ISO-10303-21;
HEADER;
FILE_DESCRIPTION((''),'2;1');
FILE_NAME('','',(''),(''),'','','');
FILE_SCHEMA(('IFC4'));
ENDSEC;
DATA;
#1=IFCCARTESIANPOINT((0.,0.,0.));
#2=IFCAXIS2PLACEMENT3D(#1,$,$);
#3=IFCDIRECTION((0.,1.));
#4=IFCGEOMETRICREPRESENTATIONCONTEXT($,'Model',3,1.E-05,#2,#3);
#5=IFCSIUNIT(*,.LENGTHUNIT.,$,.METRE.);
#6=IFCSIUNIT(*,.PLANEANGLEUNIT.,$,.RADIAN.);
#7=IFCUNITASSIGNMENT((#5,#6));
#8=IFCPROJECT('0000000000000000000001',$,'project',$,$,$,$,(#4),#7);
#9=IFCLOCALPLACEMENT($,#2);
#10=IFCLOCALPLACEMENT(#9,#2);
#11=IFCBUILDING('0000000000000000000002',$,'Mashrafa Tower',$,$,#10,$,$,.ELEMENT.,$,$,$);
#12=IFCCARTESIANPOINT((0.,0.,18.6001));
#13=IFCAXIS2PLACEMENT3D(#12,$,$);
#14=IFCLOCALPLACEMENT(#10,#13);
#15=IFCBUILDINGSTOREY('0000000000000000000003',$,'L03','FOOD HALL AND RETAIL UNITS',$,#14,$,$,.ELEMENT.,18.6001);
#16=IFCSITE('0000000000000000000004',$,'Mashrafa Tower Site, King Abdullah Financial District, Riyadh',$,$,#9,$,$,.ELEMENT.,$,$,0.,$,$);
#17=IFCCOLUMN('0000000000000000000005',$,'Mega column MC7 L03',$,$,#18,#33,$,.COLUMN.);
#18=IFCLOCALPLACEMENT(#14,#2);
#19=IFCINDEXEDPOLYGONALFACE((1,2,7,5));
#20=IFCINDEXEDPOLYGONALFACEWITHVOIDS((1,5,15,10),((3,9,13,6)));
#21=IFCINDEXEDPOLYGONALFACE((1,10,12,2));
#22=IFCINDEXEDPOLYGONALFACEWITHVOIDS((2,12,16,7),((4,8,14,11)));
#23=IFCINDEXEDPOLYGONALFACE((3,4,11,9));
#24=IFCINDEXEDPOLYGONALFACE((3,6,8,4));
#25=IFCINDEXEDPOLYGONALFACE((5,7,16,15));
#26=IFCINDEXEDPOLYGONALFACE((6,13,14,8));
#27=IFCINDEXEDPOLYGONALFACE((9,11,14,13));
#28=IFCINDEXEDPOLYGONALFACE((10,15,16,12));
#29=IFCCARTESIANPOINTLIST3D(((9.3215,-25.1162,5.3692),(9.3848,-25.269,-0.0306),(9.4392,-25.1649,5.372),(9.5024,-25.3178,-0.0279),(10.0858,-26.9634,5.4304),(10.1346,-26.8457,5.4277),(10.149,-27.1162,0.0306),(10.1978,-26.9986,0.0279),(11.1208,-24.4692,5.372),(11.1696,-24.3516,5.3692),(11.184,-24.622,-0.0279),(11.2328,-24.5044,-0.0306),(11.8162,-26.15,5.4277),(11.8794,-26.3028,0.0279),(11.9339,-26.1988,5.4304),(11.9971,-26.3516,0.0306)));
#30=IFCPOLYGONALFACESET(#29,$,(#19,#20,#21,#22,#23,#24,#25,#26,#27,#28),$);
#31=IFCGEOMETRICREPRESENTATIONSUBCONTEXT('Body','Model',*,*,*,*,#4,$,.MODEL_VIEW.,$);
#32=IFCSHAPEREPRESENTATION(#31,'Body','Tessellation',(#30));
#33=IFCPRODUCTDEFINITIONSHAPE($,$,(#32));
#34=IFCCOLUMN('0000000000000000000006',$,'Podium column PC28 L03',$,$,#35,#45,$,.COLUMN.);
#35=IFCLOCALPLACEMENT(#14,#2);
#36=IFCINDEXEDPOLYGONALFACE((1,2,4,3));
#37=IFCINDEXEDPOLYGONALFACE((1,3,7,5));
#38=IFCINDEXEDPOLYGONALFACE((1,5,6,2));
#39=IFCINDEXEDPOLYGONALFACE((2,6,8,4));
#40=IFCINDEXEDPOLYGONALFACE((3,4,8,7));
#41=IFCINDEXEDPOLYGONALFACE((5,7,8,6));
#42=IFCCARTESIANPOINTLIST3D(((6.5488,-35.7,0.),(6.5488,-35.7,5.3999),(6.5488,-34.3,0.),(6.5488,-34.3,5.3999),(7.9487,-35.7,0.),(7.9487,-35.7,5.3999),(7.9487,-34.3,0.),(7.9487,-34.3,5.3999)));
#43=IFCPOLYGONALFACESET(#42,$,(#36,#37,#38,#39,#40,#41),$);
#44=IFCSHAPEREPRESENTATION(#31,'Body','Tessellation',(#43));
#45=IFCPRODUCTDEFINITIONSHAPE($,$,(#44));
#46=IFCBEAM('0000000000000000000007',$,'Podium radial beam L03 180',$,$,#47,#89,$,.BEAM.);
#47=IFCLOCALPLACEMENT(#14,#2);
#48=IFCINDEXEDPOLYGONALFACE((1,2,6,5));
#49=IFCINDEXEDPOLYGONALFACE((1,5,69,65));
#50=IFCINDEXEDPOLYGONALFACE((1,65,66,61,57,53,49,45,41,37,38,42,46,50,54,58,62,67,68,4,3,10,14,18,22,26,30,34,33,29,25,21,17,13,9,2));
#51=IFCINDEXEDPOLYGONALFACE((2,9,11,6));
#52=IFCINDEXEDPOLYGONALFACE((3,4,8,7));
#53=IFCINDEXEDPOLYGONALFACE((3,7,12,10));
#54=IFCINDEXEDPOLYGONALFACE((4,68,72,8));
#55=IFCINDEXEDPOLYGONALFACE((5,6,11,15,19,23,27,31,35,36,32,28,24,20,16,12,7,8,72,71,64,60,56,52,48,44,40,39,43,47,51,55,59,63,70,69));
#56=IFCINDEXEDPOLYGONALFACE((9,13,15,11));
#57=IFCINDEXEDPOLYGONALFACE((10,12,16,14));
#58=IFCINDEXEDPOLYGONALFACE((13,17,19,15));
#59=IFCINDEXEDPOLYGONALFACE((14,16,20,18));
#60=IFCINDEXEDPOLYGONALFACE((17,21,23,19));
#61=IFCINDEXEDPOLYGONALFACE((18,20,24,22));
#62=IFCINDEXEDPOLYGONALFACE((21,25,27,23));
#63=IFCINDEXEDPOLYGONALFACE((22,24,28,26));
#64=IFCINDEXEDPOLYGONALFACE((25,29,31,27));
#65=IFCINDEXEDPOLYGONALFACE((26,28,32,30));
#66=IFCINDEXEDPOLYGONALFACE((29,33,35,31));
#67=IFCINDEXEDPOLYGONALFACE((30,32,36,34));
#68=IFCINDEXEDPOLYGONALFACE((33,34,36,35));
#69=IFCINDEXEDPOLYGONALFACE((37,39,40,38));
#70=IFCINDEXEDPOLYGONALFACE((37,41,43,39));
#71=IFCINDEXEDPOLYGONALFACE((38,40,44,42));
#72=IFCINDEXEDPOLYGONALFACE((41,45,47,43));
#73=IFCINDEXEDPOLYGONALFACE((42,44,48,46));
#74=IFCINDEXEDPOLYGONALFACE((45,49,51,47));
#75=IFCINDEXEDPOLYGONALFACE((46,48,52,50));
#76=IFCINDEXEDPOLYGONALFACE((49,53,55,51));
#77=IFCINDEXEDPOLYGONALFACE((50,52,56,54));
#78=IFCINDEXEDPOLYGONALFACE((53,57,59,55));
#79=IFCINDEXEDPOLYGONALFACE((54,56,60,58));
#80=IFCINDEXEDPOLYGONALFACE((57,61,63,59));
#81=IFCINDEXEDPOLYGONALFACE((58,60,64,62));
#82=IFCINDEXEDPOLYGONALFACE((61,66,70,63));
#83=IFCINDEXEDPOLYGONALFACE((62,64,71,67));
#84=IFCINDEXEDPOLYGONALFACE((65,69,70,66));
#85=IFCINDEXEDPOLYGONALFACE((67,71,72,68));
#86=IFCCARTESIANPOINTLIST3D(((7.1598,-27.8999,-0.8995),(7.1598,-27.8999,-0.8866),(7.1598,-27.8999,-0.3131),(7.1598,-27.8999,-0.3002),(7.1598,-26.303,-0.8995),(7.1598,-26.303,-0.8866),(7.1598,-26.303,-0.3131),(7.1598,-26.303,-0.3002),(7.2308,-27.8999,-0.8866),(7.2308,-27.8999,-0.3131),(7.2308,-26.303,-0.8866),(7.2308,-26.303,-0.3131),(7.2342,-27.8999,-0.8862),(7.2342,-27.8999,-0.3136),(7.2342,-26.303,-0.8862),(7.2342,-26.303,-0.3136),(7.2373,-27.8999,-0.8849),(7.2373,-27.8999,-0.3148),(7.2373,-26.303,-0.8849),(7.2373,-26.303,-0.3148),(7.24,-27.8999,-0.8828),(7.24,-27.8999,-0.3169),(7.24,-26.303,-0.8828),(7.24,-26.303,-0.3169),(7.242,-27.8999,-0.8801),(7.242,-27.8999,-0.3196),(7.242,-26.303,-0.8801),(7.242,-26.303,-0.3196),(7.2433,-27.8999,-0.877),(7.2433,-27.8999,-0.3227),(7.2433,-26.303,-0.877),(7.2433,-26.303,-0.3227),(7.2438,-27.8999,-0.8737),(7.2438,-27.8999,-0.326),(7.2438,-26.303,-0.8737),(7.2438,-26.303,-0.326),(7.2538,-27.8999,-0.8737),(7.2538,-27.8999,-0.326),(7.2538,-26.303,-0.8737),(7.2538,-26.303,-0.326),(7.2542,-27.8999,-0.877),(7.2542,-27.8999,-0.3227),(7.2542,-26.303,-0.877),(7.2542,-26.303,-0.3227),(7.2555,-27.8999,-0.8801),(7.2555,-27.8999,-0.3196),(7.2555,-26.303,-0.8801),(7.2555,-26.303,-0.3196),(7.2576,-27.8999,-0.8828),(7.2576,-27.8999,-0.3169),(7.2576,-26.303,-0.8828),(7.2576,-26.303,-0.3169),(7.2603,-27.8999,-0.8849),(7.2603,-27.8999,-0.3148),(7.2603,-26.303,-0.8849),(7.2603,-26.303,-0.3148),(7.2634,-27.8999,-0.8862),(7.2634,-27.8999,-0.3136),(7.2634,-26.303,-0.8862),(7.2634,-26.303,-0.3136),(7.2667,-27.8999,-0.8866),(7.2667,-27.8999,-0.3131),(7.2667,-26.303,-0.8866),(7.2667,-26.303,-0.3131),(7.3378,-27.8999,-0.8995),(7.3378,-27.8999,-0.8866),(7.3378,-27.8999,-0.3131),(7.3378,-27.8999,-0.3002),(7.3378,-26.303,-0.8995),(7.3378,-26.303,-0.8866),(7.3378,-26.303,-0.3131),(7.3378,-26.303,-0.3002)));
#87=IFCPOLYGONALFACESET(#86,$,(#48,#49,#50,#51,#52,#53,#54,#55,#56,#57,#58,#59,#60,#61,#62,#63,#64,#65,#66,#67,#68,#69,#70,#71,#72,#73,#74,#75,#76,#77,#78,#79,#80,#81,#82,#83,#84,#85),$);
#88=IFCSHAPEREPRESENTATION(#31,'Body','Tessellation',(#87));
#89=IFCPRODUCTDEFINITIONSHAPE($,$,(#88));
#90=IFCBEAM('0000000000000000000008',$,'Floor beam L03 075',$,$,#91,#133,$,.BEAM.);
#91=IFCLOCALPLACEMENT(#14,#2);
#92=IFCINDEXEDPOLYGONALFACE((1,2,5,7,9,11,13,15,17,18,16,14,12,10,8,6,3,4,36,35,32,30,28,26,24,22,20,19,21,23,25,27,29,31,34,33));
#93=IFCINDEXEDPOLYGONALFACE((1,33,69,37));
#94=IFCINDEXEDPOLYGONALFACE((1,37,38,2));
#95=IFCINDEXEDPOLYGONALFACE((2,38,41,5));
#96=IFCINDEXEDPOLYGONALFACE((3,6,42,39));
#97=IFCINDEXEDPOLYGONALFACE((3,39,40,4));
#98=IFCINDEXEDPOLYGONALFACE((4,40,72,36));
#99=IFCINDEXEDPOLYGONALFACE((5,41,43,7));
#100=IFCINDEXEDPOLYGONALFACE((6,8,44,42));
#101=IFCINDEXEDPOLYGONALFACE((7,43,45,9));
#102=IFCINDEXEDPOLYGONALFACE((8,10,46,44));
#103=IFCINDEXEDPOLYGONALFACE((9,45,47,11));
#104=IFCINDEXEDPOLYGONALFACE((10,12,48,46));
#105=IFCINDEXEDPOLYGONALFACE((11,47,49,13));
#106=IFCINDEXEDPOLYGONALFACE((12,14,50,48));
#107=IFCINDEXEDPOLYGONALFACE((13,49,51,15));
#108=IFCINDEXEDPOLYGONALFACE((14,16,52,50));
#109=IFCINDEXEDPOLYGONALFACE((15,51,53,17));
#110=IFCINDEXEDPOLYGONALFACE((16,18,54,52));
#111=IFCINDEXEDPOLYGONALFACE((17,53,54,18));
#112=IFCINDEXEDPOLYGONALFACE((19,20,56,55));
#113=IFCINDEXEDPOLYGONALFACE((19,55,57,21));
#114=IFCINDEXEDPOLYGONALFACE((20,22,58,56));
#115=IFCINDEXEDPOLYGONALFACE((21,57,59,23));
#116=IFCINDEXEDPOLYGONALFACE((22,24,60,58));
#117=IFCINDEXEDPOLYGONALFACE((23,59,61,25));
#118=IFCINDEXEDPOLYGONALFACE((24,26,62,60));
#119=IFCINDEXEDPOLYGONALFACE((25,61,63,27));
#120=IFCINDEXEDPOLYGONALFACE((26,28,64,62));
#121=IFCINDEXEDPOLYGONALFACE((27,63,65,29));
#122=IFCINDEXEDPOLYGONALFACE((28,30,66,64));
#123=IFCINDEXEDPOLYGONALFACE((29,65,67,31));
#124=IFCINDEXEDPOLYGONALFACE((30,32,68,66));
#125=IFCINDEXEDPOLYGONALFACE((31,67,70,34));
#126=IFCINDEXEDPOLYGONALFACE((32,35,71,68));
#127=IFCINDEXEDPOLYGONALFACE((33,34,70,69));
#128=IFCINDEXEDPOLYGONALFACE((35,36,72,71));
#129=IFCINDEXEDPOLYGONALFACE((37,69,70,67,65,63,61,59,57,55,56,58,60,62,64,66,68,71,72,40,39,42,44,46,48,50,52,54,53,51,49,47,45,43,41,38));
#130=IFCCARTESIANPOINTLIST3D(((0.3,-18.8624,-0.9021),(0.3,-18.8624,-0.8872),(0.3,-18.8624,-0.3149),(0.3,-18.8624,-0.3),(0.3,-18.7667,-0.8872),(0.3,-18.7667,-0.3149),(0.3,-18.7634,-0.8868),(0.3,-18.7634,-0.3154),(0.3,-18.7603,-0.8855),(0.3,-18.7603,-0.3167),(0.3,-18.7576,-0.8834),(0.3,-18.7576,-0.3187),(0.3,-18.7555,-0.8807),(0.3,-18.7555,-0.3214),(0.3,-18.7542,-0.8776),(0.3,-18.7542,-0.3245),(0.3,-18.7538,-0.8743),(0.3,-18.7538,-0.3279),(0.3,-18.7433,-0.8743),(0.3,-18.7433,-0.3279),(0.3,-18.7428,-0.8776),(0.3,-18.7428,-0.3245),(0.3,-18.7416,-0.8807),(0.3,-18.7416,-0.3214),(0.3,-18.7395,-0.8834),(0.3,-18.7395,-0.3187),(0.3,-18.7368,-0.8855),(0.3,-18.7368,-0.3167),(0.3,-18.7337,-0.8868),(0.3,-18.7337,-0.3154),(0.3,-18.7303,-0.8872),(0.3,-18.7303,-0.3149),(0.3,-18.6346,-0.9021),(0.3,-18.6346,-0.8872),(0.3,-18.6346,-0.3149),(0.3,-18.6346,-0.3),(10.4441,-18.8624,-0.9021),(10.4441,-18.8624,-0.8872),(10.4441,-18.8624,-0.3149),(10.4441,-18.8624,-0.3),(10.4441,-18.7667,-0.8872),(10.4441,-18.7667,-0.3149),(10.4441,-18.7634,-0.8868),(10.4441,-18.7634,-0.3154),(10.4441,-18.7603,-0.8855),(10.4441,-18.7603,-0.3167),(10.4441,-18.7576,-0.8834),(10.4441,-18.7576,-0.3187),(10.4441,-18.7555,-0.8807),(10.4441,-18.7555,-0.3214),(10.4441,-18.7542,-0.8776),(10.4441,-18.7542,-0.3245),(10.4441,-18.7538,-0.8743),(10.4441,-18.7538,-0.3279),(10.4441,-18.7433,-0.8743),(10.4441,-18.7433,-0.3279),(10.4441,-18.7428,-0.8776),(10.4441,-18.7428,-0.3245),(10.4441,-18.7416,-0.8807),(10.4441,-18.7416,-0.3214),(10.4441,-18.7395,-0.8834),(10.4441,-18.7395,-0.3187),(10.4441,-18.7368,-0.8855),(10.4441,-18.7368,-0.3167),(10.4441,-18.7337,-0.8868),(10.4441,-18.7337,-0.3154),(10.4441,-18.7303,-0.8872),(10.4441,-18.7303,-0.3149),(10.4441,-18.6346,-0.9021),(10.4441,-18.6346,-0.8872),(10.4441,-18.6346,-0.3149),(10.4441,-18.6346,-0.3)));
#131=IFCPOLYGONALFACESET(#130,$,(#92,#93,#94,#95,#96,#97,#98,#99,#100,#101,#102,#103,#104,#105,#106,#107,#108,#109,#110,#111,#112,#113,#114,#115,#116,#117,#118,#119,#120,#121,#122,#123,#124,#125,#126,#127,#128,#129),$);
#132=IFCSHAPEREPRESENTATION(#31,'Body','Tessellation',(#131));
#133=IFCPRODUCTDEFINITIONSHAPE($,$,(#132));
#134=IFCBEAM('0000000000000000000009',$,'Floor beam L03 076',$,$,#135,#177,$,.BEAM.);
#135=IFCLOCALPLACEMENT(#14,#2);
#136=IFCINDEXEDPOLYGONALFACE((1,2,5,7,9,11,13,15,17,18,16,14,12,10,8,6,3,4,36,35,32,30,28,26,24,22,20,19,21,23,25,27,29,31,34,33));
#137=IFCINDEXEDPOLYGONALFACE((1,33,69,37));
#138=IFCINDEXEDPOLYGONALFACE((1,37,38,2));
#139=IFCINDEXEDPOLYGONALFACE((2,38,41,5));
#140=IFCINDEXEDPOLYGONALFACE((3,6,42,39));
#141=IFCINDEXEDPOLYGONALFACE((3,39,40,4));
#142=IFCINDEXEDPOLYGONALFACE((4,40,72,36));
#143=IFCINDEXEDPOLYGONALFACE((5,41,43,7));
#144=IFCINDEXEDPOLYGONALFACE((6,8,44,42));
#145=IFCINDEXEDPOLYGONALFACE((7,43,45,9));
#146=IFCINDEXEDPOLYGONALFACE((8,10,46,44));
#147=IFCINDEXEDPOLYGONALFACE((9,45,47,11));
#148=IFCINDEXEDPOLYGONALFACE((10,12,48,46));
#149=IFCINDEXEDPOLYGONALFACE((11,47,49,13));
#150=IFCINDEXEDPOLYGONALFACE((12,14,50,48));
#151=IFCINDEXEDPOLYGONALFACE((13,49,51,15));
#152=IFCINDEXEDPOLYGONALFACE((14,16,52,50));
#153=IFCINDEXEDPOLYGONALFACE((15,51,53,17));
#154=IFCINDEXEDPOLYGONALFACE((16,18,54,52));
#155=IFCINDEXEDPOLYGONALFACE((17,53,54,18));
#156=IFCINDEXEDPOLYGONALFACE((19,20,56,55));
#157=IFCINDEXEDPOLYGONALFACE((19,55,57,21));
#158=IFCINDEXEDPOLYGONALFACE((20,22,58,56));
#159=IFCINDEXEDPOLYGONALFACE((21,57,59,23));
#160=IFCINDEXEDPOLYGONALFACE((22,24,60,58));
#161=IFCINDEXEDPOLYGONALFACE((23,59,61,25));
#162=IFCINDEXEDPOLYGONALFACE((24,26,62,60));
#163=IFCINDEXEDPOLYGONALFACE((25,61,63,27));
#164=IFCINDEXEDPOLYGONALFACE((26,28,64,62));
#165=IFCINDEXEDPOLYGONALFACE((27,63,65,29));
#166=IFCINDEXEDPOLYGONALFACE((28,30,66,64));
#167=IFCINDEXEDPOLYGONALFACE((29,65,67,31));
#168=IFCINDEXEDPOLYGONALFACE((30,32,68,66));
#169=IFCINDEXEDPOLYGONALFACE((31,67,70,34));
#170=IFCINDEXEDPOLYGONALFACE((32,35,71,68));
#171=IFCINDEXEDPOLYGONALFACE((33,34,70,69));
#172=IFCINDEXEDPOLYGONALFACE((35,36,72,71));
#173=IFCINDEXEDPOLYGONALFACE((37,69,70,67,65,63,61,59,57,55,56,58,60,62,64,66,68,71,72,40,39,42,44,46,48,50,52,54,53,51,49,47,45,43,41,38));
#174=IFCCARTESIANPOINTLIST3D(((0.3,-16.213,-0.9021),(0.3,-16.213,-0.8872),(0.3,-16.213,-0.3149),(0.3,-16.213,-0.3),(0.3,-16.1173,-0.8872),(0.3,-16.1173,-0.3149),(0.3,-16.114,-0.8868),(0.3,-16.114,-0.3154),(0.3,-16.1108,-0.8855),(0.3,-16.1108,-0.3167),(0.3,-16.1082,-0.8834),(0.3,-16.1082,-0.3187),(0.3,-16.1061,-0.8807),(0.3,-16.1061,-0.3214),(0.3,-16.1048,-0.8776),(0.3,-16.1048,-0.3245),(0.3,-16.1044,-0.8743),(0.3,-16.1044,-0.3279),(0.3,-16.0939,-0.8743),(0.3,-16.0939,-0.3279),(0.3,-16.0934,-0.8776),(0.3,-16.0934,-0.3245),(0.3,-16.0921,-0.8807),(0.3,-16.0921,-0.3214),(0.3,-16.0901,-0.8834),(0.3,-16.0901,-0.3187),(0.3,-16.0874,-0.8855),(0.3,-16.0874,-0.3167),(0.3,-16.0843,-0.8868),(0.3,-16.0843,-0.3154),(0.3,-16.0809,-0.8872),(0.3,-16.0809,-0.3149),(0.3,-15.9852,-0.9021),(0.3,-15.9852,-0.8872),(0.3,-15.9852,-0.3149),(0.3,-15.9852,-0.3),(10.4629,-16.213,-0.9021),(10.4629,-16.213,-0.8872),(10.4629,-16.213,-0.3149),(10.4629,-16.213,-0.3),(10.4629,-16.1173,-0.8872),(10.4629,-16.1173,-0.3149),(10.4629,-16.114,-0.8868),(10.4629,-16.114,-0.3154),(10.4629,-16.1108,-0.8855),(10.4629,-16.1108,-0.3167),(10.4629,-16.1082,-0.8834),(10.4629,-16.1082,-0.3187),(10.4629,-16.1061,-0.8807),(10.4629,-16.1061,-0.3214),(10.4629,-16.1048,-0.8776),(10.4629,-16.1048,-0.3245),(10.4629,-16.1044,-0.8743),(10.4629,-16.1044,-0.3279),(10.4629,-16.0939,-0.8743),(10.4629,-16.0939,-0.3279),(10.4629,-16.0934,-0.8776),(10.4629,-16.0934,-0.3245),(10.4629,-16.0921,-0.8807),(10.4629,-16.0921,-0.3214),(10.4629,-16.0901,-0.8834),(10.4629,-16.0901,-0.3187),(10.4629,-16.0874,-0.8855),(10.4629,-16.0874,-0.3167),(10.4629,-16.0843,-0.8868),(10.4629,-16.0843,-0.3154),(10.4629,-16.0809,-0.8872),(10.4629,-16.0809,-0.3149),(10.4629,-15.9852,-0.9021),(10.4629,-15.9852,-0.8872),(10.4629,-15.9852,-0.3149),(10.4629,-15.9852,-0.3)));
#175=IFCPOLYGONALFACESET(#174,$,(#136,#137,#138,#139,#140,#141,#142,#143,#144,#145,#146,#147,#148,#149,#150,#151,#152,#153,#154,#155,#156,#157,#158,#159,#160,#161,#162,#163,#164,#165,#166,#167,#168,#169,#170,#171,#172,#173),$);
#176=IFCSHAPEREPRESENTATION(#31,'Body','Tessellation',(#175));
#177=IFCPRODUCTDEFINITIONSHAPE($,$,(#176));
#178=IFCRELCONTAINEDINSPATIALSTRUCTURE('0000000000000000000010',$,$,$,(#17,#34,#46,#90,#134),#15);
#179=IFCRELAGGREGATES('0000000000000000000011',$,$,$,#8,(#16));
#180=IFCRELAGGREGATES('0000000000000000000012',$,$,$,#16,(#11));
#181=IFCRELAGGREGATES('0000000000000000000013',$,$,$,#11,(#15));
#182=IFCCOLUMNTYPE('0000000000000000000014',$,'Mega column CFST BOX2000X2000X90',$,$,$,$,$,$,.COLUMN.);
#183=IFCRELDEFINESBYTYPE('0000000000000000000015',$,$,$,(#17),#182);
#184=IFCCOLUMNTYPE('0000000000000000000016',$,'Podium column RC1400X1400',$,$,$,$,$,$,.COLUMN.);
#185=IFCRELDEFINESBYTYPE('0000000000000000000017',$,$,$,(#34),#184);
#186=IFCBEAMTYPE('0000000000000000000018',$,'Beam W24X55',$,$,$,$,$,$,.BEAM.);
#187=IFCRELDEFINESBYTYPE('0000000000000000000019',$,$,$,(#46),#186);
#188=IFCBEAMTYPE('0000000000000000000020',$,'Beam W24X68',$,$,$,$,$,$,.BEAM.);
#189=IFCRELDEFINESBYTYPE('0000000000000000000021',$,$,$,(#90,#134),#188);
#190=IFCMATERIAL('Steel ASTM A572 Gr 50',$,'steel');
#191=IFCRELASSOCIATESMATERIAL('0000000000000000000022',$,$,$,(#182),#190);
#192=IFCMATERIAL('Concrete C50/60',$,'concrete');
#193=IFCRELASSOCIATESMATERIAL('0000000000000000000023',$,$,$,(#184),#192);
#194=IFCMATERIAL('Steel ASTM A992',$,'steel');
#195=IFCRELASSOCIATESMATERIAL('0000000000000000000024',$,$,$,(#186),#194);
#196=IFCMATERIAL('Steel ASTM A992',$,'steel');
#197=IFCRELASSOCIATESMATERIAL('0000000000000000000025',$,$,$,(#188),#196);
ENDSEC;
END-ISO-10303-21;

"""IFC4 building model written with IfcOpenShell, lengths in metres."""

from ifc_helpers import new_model, si_unit, direction, frame, origin, origin_2d, place, context, subcontext, project, spatial, rectangle, hollow_rectangle, i_section, extrude, material, material_profile, profile_set, type_object, element, save


model = new_model("IFC4")

# Units and contexts
model_context = context("Model", 3, precision=1e-05, world=origin(), true_north=direction((0.0, 1.0)))
body_context = subcontext(model_context, "Body", "Model", "MODEL_VIEW")
ifc_project = project(units=[si_unit("LENGTHUNIT", "METRE"), si_unit("PLANEANGLEUNIT", "RADIAN")], contexts=[model_context])

# Site, building, storey
site_placement = place(None, origin())
site = spatial("IfcSite", under=ifc_project, at=site_placement, Name="Mashrafa Tower Site, King Abdullah Financial District, Riyadh", CompositionType="ELEMENT", RefElevation=0.0)
building_placement = place(site_placement, origin())
building = spatial("IfcBuilding", under=site, at=building_placement, Name="Mashrafa Tower", CompositionType="ELEMENT")
storey_placement = place(building_placement, frame((0.0, 0.0, 18.6001)))
storey = spatial("IfcBuildingStorey", under=building, at=storey_placement, Name="L03", Description="FOOD HALL AND RETAIL UNITS", CompositionType="ELEMENT", Elevation=18.6001)

# Columns
ifc_material_1 = material(Name="Steel ASTM A572 Gr 50", Category="steel")
ifc_material_profile_1 = material_profile(ifc_material_1, hollow_rectangle(XDim=2.0, YDim=2.0, WallThickness=0.0901, at=origin_2d()), Name="BOX2000X2000X90")
ifc_profile_set_1 = profile_set([ifc_material_profile_1], Name="Steel ASTM A572 Gr 50")
column_type_1 = type_object("IfcColumnType", Name="Mega column CFST BOX2000X2000X90", PredefinedType="COLUMN", material=ifc_profile_set_1)
column_1_placement = place(storey_placement, frame((10.6909, -25.8103, 0.0), z_axis=(-0.011704, 0.028289, 0.999531), x_axis=(-0.924035, -0.382308, 0.0)))
element("IfcColumn", 1, at=column_1_placement, inside=storey, type_object=column_type_1, Name="Mega column MC7 L03", PredefinedType="COLUMN", context=body_context, shape_type="SweptSolid", body=[
    extrude(hollow_rectangle(XDim=2.0, YDim=2.0, WallThickness=0.0901, at=origin_2d()), origin(), (0.0, 0.0, 1.0), 5.4023),
])
ifc_material_2 = material(Name="Concrete C50/60", Category="concrete")
ifc_material_profile_2 = material_profile(ifc_material_2, rectangle(XDim=1.3999, YDim=1.3999, at=origin_2d()), Name="RC1400X1400")
ifc_profile_set_2 = profile_set([ifc_material_profile_2], Name="Concrete C50/60")
column_type_2 = type_object("IfcColumnType", Name="Podium column RC1400X1400", PredefinedType="COLUMN", material=ifc_profile_set_2)
column_2_placement = place(storey_placement, frame((7.2488, -35.0, 0.0), z_axis=(0.0, 0.0, 1.0), x_axis=(1.0, 0.0, 0.0)))
element("IfcColumn", 2, at=column_2_placement, inside=storey, type_object=column_type_2, Name="Podium column PC28 L03", PredefinedType="COLUMN", context=body_context, shape_type="SweptSolid", body=[
    extrude(rectangle(XDim=1.3999, YDim=1.3999, at=origin_2d()), origin(), (0.0, 0.0, 1.0), 5.3999),
])

# Beams
ifc_material_3 = material(Name="Steel ASTM A992", Category="steel")
ifc_material_profile_3 = material_profile(ifc_material_3, i_section(OverallWidth=0.178, OverallDepth=0.5994, WebThickness=0.01, FlangeThickness=0.0129, FilletRadius=0.0129, at=origin_2d()), Name="W24X55")
ifc_profile_set_3 = profile_set([ifc_material_profile_3], Name="Steel ASTM A992")
beam_type_1 = type_object("IfcBeamType", Name="Beam W24X55", PredefinedType="BEAM", material=ifc_profile_set_3)
beam_1_placement = place(storey_placement, frame((7.2488, -26.303, -0.5999), z_axis=(0.0, -1.0, 0.0), x_axis=(1.0, 0.0, 0.0)))
element("IfcBeam", 3, at=beam_1_placement, inside=storey, type_object=beam_type_1, Name="Podium radial beam L03 180", PredefinedType="BEAM", context=body_context, shape_type="SweptSolid", body=[
    extrude(i_section(OverallWidth=0.178, OverallDepth=0.5994, WebThickness=0.01, FlangeThickness=0.0129, FilletRadius=0.0129, at=origin_2d()), origin(), (0.0, 0.0, 1.0), 1.5969),
])
ifc_material_4 = material(Name="Steel ASTM A992", Category="steel")
ifc_material_profile_4 = material_profile(ifc_material_4, i_section(OverallWidth=0.2278, OverallDepth=0.6021, WebThickness=0.0105, FlangeThickness=0.0149, FilletRadius=0.0129, at=origin_2d()), Name="W24X68")
ifc_profile_set_4 = profile_set([ifc_material_profile_4], Name="Steel ASTM A992")
beam_type_2 = type_object("IfcBeamType", Name="Beam W24X68", PredefinedType="BEAM", material=ifc_profile_set_4)
beam_2_placement = place(storey_placement, frame((10.4441, -18.7485, -0.6011), z_axis=(-1.0, 0.0, 0.0), x_axis=(0.0, -1.0, 0.0)))
element("IfcBeam", 4, at=beam_2_placement, inside=storey, type_object=beam_type_2, Name="Floor beam L03 075", PredefinedType="BEAM", context=body_context, shape_type="SweptSolid", body=[
    extrude(i_section(OverallWidth=0.2278, OverallDepth=0.6021, WebThickness=0.0105, FlangeThickness=0.0149, FilletRadius=0.0129, at=origin_2d()), origin(), (0.0, 0.0, 1.0), 10.144),
])
beam_3_placement = place(storey_placement, frame((10.4629, -16.0991, -0.6011), z_axis=(-1.0, 0.0, 0.0), x_axis=(0.0, -1.0, 0.0)))
element("IfcBeam", 5, at=beam_3_placement, inside=storey, type_object=beam_type_2, Name="Floor beam L03 076", PredefinedType="BEAM", context=body_context, shape_type="SweptSolid", body=[
    extrude(i_section(OverallWidth=0.2278, OverallDepth=0.6021, WebThickness=0.0105, FlangeThickness=0.0149, FilletRadius=0.0129, at=origin_2d()), origin(), (0.0, 0.0, 1.0), 10.1628),
])

save(model, "model.ifc")
